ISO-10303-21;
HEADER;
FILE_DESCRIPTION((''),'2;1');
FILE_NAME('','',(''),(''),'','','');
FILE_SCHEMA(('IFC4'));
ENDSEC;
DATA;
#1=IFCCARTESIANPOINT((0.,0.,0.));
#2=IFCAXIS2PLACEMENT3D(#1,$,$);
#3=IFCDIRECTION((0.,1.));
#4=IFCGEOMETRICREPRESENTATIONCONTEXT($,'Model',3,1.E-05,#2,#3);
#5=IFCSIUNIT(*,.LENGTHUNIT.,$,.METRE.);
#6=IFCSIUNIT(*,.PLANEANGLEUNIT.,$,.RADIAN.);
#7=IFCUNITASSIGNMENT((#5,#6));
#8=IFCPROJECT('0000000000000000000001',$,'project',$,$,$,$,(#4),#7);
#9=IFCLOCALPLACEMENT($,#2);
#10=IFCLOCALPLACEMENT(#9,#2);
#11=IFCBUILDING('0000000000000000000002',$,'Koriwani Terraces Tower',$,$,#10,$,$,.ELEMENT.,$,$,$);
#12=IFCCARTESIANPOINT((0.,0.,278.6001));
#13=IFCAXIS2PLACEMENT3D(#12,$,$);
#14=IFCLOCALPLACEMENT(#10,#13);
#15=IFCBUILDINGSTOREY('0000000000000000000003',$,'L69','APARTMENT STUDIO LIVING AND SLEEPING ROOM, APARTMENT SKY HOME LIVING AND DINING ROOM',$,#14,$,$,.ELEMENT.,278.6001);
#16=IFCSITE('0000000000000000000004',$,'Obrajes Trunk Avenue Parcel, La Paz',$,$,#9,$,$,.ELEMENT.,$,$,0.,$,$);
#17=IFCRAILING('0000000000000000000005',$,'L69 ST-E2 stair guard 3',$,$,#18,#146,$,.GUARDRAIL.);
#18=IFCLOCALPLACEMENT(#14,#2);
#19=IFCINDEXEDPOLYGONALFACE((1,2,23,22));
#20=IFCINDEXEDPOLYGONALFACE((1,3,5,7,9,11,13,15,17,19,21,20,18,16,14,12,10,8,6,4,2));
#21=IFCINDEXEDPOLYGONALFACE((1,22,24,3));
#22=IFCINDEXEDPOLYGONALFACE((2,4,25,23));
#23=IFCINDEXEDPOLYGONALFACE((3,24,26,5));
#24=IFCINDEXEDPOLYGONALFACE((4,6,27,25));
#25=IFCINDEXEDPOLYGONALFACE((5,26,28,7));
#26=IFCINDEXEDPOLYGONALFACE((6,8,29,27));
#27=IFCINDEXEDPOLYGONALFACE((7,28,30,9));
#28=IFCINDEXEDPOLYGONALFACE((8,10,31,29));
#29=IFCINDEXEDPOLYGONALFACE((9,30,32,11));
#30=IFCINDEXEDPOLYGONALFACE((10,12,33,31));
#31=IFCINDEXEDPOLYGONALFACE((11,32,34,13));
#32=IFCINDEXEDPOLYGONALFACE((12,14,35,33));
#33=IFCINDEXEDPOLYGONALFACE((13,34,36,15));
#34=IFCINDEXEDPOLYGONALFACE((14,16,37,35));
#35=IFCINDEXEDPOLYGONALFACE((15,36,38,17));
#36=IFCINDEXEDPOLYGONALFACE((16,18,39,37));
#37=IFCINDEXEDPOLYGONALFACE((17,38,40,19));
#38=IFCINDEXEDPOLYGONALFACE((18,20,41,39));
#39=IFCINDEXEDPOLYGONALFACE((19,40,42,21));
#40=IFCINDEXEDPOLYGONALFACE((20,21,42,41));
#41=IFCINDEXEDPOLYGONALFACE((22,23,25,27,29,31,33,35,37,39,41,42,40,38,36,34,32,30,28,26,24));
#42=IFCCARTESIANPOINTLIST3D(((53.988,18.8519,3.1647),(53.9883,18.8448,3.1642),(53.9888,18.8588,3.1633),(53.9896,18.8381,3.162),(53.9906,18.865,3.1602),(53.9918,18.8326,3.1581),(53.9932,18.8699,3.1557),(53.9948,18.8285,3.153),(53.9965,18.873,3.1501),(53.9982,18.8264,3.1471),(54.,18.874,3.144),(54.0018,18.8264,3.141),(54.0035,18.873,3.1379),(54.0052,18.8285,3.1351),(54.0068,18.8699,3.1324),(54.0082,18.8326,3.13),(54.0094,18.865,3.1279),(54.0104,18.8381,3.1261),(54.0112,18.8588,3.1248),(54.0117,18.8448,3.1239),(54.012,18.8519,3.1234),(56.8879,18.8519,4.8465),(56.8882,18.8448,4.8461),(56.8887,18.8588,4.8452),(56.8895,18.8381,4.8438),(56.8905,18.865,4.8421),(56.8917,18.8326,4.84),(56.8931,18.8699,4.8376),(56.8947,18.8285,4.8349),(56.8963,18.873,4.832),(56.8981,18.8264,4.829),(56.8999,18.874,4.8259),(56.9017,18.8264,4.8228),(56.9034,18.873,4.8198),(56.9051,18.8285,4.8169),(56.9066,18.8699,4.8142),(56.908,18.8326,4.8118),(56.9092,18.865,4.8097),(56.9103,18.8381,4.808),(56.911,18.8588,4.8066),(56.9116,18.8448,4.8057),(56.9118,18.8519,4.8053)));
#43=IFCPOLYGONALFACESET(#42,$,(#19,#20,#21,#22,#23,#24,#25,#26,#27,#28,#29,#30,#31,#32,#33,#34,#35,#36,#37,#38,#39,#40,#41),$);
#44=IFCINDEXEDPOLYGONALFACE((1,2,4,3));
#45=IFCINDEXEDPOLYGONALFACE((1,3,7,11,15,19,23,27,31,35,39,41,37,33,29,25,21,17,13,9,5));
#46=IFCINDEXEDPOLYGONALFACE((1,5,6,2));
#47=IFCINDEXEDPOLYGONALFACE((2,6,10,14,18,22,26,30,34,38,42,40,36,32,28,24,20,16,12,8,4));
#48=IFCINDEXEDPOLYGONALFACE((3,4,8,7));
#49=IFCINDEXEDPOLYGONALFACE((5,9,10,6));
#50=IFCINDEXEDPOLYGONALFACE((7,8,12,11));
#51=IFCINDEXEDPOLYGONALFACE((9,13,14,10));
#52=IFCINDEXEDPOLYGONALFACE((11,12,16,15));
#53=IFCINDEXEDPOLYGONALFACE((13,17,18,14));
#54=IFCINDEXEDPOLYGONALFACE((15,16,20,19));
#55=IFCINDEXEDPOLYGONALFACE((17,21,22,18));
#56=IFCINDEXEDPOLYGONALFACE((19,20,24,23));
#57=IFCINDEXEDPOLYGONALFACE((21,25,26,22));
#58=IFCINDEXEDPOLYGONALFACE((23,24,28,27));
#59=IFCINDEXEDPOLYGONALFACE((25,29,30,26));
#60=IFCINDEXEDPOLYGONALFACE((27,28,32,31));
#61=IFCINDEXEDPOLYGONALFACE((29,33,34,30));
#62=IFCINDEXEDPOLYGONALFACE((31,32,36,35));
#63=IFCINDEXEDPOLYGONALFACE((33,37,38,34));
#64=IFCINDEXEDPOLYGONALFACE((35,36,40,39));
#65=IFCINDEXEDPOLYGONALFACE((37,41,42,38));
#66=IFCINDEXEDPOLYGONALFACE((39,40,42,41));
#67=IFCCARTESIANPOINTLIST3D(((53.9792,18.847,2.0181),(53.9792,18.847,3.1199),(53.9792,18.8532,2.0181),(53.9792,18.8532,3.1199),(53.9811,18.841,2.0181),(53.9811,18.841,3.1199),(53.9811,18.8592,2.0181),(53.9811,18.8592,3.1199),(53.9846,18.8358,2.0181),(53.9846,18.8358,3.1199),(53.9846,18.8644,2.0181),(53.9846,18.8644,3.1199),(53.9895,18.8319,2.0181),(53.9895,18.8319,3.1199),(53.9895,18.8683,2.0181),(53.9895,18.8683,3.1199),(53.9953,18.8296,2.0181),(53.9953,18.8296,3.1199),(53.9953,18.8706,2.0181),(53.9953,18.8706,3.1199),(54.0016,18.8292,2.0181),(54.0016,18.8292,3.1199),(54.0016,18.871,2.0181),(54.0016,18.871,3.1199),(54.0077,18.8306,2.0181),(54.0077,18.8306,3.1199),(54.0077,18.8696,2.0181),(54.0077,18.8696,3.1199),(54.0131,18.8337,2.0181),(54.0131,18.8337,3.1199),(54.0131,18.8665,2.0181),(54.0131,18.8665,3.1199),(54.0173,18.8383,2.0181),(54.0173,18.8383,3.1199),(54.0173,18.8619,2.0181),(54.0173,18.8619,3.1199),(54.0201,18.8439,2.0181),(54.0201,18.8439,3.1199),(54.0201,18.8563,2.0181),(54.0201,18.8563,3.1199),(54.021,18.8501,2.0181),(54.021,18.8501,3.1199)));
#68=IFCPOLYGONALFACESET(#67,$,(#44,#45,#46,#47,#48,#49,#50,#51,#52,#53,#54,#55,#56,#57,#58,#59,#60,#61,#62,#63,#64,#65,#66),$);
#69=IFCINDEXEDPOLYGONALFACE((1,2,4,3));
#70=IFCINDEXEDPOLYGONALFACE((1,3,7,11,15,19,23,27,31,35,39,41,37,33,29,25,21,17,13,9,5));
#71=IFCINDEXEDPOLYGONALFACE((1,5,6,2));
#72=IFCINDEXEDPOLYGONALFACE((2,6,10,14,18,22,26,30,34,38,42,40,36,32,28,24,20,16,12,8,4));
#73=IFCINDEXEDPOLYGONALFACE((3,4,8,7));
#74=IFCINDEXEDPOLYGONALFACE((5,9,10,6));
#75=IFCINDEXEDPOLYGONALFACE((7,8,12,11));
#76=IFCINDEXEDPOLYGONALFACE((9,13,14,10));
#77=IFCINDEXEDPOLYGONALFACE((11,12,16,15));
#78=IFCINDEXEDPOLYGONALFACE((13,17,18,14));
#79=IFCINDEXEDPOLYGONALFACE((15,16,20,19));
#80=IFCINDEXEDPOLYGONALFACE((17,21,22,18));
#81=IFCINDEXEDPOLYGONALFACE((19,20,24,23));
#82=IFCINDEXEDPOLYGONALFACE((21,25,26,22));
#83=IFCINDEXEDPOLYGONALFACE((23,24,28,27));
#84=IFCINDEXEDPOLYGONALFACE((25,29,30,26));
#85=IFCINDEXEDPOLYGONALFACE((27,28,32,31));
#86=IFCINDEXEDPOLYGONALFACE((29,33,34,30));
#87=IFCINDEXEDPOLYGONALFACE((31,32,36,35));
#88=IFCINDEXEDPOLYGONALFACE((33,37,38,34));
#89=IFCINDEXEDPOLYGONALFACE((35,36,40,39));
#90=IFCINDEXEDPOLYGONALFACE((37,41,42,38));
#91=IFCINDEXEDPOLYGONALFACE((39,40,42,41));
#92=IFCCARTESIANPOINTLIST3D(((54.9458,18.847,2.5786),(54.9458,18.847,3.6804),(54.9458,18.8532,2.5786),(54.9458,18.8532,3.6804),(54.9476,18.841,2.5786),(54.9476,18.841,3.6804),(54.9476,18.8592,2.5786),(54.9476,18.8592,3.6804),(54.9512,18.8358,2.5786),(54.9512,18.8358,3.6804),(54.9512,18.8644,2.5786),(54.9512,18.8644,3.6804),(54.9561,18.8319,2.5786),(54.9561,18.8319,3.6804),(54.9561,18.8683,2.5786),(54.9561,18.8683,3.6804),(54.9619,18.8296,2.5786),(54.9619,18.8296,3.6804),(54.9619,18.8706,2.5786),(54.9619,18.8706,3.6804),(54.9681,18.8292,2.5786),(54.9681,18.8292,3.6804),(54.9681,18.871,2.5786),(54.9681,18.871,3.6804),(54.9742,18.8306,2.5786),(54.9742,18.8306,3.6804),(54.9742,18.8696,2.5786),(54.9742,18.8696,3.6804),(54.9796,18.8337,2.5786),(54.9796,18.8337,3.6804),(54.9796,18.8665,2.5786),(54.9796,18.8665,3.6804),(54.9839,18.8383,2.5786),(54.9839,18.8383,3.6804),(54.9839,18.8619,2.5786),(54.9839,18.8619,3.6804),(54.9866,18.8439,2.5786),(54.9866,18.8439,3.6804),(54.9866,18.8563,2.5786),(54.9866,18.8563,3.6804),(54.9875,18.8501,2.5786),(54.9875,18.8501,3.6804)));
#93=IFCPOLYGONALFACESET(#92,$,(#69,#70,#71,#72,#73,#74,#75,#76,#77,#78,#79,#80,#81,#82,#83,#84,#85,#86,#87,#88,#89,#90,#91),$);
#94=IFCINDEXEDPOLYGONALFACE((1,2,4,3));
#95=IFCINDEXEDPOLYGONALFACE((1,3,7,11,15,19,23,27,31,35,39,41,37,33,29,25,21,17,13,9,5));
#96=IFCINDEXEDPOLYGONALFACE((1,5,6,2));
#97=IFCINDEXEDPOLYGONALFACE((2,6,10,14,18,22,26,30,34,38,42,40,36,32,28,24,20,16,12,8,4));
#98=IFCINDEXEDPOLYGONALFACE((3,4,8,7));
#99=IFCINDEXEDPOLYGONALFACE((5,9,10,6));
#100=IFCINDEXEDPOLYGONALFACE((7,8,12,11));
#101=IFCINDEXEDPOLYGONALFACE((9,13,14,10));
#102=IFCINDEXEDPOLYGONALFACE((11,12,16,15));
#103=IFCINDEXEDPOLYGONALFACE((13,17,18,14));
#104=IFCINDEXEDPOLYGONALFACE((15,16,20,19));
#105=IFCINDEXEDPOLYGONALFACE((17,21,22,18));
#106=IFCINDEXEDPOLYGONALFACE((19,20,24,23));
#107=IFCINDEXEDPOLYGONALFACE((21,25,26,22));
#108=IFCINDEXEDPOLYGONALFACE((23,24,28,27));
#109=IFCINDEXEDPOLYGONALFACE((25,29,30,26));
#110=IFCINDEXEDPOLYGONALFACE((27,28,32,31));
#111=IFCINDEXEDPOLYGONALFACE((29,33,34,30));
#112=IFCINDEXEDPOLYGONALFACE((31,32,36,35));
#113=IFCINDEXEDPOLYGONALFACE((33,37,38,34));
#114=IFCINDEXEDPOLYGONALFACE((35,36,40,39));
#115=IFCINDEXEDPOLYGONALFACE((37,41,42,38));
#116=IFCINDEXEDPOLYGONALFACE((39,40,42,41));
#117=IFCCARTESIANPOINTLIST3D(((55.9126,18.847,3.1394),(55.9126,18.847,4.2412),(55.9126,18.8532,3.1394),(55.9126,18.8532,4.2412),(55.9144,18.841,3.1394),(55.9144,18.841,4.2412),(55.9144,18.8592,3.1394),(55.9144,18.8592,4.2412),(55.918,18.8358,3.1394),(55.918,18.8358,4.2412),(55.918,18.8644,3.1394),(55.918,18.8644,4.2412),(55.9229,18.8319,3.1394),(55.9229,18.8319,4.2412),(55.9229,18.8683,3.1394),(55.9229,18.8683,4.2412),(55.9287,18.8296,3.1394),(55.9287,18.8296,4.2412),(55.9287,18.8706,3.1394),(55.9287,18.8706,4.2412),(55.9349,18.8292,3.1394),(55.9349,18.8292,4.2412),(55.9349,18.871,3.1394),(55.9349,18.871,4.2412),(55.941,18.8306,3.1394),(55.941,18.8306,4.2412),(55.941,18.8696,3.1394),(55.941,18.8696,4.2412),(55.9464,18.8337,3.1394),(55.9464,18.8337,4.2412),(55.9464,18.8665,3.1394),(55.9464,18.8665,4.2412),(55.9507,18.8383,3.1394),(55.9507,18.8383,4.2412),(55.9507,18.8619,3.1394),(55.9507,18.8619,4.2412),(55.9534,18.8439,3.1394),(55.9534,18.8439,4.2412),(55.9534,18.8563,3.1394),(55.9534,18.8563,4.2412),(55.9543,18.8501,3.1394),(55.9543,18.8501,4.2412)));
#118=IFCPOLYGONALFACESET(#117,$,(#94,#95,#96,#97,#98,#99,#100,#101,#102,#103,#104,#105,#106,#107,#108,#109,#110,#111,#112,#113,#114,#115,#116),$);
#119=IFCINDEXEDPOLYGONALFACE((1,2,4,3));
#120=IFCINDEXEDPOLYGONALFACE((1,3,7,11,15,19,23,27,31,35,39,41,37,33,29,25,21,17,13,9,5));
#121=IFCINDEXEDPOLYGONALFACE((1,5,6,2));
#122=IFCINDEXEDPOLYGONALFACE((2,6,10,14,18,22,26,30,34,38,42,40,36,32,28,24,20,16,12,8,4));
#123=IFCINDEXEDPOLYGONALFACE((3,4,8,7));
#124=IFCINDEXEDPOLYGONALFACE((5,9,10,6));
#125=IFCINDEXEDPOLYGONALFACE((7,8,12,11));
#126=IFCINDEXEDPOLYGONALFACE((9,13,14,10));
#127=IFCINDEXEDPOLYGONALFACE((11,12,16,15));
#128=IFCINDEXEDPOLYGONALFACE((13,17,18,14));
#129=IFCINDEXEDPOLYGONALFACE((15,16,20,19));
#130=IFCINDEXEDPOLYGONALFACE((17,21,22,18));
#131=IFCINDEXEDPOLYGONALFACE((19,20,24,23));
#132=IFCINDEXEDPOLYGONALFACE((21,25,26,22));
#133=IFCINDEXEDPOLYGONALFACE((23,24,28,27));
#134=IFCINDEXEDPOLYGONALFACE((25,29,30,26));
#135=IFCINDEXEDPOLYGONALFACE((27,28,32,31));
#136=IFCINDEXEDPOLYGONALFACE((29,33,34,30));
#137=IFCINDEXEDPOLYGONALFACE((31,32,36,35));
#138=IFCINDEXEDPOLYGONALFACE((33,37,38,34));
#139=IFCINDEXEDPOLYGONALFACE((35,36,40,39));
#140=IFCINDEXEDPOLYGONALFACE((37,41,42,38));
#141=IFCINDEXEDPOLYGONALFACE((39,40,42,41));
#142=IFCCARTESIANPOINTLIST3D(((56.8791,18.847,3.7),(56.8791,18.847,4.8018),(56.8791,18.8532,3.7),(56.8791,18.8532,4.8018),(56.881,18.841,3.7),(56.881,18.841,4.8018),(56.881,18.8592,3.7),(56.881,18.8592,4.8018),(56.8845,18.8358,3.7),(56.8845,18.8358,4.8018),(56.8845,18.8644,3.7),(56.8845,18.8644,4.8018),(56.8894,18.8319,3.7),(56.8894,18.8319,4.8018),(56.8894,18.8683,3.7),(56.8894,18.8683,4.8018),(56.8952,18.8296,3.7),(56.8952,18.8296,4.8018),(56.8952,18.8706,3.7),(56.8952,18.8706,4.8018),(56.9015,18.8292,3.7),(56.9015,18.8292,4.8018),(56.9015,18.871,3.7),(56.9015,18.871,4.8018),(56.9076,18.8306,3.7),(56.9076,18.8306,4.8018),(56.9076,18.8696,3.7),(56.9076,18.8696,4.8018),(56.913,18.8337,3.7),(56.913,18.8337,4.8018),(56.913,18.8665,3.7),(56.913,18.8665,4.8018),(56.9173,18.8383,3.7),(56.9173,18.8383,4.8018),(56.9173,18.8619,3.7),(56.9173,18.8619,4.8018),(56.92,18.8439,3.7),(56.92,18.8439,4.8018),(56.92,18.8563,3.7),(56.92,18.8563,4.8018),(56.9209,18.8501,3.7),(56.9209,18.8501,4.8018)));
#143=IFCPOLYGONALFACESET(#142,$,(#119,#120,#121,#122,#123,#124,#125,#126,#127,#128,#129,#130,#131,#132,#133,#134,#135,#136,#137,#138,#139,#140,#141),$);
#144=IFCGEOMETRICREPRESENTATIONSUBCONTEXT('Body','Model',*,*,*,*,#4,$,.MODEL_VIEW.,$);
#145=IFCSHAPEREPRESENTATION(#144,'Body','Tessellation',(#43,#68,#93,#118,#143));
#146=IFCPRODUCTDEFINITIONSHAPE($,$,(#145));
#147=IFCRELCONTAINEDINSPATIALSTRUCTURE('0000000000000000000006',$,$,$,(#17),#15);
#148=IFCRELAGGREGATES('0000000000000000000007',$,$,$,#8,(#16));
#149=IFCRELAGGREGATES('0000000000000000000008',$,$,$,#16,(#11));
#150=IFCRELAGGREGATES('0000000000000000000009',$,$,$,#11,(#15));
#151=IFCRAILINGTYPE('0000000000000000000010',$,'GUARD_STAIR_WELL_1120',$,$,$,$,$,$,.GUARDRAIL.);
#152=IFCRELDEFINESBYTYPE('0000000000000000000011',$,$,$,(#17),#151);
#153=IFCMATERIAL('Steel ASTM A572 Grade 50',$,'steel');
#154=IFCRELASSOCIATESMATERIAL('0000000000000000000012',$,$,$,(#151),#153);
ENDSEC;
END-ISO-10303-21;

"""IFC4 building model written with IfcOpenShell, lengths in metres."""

from ifc_helpers import new_model, si_unit, direction, frame, origin, origin_2d, place, context, subcontext, project, spatial, circle, extrude, material, type_object, element, save


model = new_model("IFC4")

# Units and contexts
model_context = context("Model", 3, precision=1e-05, world=origin(), true_north=direction((0.0, 1.0)))
body_context = subcontext(model_context, "Body", "Model", "MODEL_VIEW")
ifc_project = project(units=[si_unit("LENGTHUNIT", "METRE"), si_unit("PLANEANGLEUNIT", "RADIAN")], contexts=[model_context])

# Site, building, storey
site_placement = place(None, origin())
site = spatial("IfcSite", under=ifc_project, at=site_placement, Name="Obrajes Trunk Avenue Parcel, La Paz", CompositionType="ELEMENT", RefElevation=0.0)
building_placement = place(site_placement, origin())
building = spatial("IfcBuilding", under=site, at=building_placement, Name="Koriwani Terraces Tower", CompositionType="ELEMENT")
storey_placement = place(building_placement, frame((0.0, 0.0, 278.6001)))
storey = spatial("IfcBuildingStorey", under=building, at=storey_placement, Name="L69", Description="APARTMENT STUDIO LIVING AND SLEEPING ROOM, APARTMENT SKY HOME LIVING AND DINING ROOM", CompositionType="ELEMENT", Elevation=278.6001)

# Shared definitions
ifc_material_1 = material(Name="Steel ASTM A572 Grade 50", Category="steel")

# Railing
railing_type_1 = type_object("IfcRailingType", Name="GUARD_STAIR_WELL_1120", PredefinedType="GUARDRAIL", material=ifc_material_1)
railing_1_placement = place(storey_placement, frame((54.0, 18.8501, 2.0181)))
element("IfcRailing", 1, at=railing_1_placement, inside=storey, type_object=railing_type_1, Name="L69 ST-E2 stair guard 3", PredefinedType="GUARDRAIL", context=body_context, shape_type="SweptSolid", body=[
    extrude(circle(Radius=0.0239, at=origin_2d()), frame((0.0, 0.0, 1.126), z_axis=(0.865039, 0.0, 0.501705), x_axis=(0.0, 1.0, 0.0)), (0.0, 0.0, 1.0), 3.3523),
    extrude(circle(Radius=0.021, at=origin_2d()), origin(), (0.0, 0.0, 1.0), 1.1018),
    extrude(circle(Radius=0.021, at=origin_2d()), frame((0.9666, 0.0, 0.5605)), (0.0, 0.0, 1.0), 1.1018),
    extrude(circle(Radius=0.021, at=origin_2d()), frame((1.9333, 0.0, 1.1213)), (0.0, 0.0, 1.0), 1.1018),
    extrude(circle(Radius=0.021, at=origin_2d()), frame((2.8999, 0.0, 1.6819)), (0.0, 0.0, 1.0), 1.1018),
])

save(model, "model.ifc")
